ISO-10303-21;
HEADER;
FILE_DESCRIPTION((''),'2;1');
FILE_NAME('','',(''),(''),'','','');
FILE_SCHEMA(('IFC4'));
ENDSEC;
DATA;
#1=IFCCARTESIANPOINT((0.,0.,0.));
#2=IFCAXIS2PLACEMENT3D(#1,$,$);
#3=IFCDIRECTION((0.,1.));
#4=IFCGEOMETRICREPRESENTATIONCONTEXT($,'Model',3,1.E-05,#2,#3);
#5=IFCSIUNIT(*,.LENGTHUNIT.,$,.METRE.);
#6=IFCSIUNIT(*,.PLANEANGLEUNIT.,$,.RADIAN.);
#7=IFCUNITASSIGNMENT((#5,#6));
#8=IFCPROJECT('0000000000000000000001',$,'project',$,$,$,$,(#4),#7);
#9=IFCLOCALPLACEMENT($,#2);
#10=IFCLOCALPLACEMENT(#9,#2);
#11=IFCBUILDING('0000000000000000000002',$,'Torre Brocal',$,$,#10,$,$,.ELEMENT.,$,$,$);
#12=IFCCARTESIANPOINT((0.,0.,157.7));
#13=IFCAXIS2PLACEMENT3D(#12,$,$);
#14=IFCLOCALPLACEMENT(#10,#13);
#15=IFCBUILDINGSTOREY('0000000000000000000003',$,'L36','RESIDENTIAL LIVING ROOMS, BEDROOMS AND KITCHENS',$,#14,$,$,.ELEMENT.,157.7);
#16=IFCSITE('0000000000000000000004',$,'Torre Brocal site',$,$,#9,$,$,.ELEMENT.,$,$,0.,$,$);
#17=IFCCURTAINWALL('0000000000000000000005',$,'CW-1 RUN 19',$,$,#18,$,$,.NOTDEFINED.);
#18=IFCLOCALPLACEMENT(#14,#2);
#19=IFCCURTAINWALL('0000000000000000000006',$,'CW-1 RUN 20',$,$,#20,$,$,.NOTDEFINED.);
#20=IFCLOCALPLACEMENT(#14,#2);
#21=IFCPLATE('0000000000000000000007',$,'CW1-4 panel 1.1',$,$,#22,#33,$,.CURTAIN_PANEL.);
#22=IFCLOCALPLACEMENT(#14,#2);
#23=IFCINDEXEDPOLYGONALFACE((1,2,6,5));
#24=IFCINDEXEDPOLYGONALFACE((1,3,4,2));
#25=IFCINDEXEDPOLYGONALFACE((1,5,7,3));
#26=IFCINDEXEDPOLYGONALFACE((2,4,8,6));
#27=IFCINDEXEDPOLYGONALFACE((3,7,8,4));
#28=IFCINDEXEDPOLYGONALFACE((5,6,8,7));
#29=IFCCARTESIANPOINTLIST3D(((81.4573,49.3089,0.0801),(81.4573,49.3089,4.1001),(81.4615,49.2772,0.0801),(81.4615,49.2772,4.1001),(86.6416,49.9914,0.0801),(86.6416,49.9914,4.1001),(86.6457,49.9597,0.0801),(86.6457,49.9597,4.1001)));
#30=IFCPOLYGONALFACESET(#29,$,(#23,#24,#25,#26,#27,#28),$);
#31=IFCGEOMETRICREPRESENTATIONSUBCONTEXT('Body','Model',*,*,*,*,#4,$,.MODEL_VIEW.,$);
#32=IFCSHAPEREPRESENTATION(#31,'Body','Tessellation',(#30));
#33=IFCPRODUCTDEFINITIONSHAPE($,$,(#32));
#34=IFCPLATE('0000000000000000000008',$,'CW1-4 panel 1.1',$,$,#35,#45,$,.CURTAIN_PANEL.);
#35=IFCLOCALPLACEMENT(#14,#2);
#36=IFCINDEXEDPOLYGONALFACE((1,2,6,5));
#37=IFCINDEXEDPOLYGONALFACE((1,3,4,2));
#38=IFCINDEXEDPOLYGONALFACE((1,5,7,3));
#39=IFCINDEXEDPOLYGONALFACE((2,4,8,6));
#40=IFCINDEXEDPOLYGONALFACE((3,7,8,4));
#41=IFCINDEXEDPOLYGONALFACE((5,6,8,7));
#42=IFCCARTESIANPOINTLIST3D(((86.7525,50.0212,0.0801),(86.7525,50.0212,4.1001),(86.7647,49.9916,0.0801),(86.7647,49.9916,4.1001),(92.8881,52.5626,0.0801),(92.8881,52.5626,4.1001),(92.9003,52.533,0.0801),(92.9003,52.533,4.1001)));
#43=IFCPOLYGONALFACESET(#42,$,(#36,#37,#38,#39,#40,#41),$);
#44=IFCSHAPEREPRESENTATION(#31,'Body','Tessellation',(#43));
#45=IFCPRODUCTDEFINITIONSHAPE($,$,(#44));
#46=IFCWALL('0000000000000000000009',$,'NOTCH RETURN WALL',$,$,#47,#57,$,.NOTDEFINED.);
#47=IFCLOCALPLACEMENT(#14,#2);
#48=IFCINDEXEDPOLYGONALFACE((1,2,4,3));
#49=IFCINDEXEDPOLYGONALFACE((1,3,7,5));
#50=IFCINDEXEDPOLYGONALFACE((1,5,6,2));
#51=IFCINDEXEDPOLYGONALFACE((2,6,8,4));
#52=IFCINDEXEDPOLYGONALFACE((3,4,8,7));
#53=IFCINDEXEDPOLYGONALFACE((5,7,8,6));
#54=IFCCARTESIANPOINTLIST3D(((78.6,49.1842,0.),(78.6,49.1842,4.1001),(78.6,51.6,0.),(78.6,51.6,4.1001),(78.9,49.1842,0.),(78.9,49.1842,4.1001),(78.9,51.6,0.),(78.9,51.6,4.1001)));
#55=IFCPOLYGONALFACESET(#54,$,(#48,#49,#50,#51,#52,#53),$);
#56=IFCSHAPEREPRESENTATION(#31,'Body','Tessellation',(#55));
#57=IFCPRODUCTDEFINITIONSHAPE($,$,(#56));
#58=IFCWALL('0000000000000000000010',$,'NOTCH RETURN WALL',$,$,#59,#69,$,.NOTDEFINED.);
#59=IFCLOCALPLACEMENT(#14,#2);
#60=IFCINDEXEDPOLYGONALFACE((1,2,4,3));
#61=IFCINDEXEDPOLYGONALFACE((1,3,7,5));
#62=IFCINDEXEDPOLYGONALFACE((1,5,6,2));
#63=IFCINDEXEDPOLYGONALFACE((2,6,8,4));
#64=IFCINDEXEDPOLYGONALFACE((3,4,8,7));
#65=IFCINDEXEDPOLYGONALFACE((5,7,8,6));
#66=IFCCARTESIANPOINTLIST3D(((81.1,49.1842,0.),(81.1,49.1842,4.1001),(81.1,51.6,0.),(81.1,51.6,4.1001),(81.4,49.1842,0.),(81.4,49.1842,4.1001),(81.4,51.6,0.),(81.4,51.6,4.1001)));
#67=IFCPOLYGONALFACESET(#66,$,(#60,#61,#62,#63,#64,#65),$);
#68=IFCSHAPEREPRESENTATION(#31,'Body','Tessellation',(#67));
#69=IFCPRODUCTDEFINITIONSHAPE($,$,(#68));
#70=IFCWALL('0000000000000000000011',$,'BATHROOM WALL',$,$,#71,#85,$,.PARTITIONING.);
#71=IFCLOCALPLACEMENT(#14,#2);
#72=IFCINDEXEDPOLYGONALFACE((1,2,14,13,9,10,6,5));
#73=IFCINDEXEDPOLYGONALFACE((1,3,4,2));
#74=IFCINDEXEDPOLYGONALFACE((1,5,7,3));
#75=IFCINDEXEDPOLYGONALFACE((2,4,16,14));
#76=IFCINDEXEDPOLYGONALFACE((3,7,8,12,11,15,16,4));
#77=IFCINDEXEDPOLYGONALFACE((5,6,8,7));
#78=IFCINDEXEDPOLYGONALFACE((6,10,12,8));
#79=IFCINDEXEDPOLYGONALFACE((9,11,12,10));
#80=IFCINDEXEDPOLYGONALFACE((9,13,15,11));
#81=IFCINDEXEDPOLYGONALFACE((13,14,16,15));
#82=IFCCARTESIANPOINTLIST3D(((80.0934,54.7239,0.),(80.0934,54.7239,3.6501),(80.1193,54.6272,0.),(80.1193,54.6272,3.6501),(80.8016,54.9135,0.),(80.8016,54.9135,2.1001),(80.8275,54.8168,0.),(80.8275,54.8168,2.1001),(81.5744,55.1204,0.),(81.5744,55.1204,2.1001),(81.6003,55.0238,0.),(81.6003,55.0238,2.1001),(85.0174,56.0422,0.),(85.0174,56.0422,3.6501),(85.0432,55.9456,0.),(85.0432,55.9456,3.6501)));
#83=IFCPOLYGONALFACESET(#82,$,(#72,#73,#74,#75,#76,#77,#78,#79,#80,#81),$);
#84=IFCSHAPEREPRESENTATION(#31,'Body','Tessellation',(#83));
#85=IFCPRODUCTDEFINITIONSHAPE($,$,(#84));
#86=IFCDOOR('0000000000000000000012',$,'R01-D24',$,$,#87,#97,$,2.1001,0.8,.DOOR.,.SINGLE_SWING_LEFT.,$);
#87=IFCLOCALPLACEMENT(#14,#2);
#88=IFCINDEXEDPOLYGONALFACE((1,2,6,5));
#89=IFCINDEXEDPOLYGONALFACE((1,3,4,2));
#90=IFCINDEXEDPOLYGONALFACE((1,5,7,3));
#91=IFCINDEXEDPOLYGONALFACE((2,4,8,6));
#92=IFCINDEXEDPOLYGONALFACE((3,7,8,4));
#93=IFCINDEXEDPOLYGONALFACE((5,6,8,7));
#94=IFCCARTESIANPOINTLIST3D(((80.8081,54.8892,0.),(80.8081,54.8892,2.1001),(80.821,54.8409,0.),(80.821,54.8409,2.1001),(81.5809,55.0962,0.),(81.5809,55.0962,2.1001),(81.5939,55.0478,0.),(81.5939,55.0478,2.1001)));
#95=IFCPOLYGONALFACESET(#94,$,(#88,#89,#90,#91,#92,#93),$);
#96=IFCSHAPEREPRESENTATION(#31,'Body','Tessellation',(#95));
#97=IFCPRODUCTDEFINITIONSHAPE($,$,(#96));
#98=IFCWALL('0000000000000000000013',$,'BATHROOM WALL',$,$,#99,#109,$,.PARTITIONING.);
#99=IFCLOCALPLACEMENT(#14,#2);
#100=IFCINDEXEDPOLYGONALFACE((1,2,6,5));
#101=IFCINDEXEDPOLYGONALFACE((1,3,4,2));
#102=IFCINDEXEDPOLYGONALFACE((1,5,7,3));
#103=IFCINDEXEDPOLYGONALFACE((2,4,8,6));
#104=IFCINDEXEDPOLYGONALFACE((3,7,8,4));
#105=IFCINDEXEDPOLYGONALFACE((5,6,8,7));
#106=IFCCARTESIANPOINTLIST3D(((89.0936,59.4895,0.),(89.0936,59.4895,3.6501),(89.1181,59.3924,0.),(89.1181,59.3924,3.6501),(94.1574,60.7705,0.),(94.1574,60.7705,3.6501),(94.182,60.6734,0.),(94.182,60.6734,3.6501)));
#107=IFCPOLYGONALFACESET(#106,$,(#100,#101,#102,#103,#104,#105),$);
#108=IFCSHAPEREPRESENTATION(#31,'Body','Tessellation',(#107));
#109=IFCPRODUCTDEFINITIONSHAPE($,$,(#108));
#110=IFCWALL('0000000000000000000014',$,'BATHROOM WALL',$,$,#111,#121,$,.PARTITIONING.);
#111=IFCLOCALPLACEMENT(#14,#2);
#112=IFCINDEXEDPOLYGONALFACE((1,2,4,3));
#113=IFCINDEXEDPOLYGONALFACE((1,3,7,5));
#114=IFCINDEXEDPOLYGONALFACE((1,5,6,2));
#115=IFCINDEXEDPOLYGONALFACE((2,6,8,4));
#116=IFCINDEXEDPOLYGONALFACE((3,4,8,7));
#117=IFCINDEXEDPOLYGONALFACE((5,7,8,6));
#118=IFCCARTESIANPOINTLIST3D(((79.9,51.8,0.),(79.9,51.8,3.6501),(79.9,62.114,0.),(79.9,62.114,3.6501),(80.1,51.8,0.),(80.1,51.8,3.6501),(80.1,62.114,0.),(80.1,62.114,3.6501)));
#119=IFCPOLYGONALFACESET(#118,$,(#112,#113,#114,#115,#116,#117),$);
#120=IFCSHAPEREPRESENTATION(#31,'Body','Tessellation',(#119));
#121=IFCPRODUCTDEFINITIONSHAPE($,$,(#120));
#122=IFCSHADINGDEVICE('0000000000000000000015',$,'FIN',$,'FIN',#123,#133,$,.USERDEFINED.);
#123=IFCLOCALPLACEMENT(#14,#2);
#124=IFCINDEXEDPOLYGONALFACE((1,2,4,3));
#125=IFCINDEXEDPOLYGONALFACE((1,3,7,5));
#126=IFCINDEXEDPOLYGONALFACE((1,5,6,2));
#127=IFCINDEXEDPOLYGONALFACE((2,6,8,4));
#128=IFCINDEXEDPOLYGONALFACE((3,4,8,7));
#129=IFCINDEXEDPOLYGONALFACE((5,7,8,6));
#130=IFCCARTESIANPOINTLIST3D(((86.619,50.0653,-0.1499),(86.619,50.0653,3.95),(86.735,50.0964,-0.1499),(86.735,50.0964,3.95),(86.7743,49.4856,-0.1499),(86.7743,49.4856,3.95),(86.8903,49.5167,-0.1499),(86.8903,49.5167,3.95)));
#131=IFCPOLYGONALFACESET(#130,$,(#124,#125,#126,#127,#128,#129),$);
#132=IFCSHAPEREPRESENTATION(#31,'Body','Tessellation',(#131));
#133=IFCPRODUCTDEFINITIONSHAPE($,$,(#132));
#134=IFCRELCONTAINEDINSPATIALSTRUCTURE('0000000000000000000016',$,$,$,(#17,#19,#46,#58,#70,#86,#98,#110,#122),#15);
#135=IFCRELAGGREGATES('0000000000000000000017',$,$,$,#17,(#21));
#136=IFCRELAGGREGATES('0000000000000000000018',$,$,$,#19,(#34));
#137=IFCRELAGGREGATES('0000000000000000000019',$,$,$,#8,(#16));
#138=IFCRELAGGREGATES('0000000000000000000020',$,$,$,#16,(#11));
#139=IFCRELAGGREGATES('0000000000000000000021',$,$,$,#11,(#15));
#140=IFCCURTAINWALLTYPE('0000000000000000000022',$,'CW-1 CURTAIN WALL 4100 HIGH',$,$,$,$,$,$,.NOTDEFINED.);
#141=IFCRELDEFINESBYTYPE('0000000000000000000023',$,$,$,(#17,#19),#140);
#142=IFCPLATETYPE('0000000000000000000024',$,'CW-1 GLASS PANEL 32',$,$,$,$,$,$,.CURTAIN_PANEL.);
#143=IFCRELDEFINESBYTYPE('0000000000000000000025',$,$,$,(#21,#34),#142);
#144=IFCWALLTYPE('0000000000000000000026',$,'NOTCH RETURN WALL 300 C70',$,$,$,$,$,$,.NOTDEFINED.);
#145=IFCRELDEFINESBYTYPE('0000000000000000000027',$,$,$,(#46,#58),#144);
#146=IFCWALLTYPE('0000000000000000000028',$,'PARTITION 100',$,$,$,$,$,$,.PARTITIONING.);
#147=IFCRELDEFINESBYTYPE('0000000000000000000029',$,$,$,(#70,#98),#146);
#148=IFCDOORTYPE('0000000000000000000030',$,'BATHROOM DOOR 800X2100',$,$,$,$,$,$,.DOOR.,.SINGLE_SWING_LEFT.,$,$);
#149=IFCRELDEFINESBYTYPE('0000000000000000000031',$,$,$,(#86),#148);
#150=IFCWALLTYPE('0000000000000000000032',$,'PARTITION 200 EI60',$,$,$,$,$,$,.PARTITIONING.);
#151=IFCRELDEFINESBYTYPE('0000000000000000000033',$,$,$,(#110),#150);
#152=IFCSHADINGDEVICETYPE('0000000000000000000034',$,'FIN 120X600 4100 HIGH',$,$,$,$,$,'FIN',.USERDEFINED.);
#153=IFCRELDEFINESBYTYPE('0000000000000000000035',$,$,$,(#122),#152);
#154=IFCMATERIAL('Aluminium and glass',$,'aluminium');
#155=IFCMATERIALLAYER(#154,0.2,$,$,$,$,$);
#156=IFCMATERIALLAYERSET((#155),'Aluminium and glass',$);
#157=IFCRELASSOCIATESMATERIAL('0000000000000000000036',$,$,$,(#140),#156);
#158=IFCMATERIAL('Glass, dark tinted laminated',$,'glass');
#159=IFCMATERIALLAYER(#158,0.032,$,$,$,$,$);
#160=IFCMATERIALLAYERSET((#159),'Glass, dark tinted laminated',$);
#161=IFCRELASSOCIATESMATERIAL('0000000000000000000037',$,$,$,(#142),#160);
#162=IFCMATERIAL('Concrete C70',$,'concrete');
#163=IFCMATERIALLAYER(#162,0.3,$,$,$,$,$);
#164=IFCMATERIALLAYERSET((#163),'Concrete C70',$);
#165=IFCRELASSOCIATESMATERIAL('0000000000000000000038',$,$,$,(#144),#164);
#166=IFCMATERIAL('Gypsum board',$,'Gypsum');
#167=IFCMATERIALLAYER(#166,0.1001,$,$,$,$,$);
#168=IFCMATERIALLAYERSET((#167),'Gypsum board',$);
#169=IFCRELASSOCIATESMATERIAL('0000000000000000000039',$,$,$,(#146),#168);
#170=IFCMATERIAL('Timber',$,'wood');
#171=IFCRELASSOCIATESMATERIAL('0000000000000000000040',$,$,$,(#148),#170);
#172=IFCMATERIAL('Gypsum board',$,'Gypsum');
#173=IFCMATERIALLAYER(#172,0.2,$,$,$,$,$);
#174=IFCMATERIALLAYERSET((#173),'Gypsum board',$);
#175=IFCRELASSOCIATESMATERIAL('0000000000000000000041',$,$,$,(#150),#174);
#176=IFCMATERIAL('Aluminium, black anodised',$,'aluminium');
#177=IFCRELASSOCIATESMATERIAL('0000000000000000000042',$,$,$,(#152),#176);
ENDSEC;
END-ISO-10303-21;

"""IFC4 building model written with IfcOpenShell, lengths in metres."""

from ifc_helpers import new_model, si_unit, direction, frame, frame_2d, origin, origin_2d, place, context, subcontext, project, spatial, rectangle, extrude, material, layer, layer_set, material_profile, profile_set, type_object, element, fill, aggregate, save


model = new_model("IFC4")

# Units and contexts
model_context = context("Model", 3, precision=1e-05, world=origin(), true_north=direction((0.0, 1.0)))
body_context = subcontext(model_context, "Body", "Model", "MODEL_VIEW")
ifc_project = project(units=[si_unit("LENGTHUNIT", "METRE"), si_unit("PLANEANGLEUNIT", "RADIAN")], contexts=[model_context])

# Site, building, storey
site_placement = place(None, origin())
site = spatial("IfcSite", under=ifc_project, at=site_placement, Name="Torre Brocal site", CompositionType="ELEMENT", RefElevation=0.0)
building_placement = place(site_placement, origin())
building = spatial("IfcBuilding", under=site, at=building_placement, Name="Torre Brocal", CompositionType="ELEMENT")
storey_placement = place(building_placement, frame((0.0, 0.0, 157.7)))
storey = spatial("IfcBuildingStorey", under=building, at=storey_placement, Name="L36", Description="RESIDENTIAL LIVING ROOMS, BEDROOMS AND KITCHENS", CompositionType="ELEMENT", Elevation=157.7)

# Curtain wall
ifc_material_1 = material(Name="Aluminium and glass", Category="aluminium")
ifc_layer_1 = layer(ifc_material_1, 0.2)
ifc_layer_set_1 = layer_set([ifc_layer_1], Name="Aluminium and glass")
curtain_wall_type = type_object("IfcCurtainWallType", Name="CW-1 CURTAIN WALL 4100 HIGH", PredefinedType="NOTDEFINED", material=ifc_layer_set_1)
curtain_wall_1_placement = place(storey_placement, origin())
curtain_wall_1 = element("IfcCurtainWall", 1, at=curtain_wall_1_placement, inside=storey, type_object=curtain_wall_type, Name="CW-1 RUN 19", PredefinedType="NOTDEFINED")

# Curtain wall
curtain_wall_2_placement = place(storey_placement, origin())
curtain_wall_2 = element("IfcCurtainWall", 2, at=curtain_wall_2_placement, inside=storey, type_object=curtain_wall_type, Name="CW-1 RUN 20", PredefinedType="NOTDEFINED")

# Plates
ifc_material_2 = material(Name="Glass, dark tinted laminated", Category="glass")
ifc_layer_2 = layer(ifc_material_2, 0.032)
ifc_layer_set_2 = layer_set([ifc_layer_2], Name="Glass, dark tinted laminated")
plate_type = type_object("IfcPlateType", Name="CW-1 GLASS PANEL 32", PredefinedType="CURTAIN_PANEL", material=ifc_layer_set_2)
plate_1_placement = place(storey_placement, frame((84.0515, 49.6343, 0.0801), z_axis=(0.0, 0.0, 1.0), x_axis=(0.991445, 0.130526, 0.0)))
plate_1 = element("IfcPlate", 3, at=plate_1_placement, type_object=plate_type, Name="CW1-4 panel 1.1", PredefinedType="CURTAIN_PANEL", context=body_context, shape_type="SweptSolid", body=[
    extrude(rectangle(XDim=5.229, YDim=0.032, at=origin_2d()), origin(), (0.0, 0.0, 1.0), 4.02),
])
aggregate(curtain_wall_1, [plate_1])
plate_2_placement = place(storey_placement, frame((89.8264, 51.2771, 0.0801), z_axis=(0.0, 0.0, 1.0), x_axis=(0.92388, 0.382683, 0.0)))
plate_2 = element("IfcPlate", 4, at=plate_2_placement, type_object=plate_type, Name="CW1-4 panel 1.1", PredefinedType="CURTAIN_PANEL", context=body_context, shape_type="SweptSolid", body=[
    extrude(rectangle(XDim=6.6411, YDim=0.032, at=origin_2d()), origin(), (0.0, 0.0, 1.0), 4.02),
])
aggregate(curtain_wall_2, [plate_2])

# Walls
ifc_material_3 = material(Name="Concrete C70", Category="concrete")
ifc_layer_3 = layer(ifc_material_3, 0.3)
ifc_layer_set_3 = layer_set([ifc_layer_3], Name="Concrete C70")
wall_type_1 = type_object("IfcWallType", Name="NOTCH RETURN WALL 300 C70", PredefinedType="NOTDEFINED", material=ifc_layer_set_3)
for number, where, z_axis, x_axis, name in (
    (5, (78.75, 51.6001, 0.0), (0.0, 0.0, 1.0), (0.0, -1.0, 0.0), "NOTCH RETURN WALL"),
    (6, (81.25, 51.6001, 0.0), (0.0, 0.0, 1.0), (0.0, -1.0, 0.0), "NOTCH RETURN WALL"),
):
    element("IfcWall", number, at=place(storey_placement, frame(where, z_axis=z_axis, x_axis=x_axis)), inside=storey, type_object=wall_type_1, Name=name, PredefinedType="NOTDEFINED", context=body_context, shape_type="SweptSolid", body=[
        extrude(rectangle(XDim=2.4158, YDim=0.3, at=frame_2d((1.208, 0.0))), origin(), (0.0, 0.0, 1.0), 4.1001),
    ])

# Wall, opening, door
ifc_material_4 = material(Name="Gypsum board", Category="Gypsum")
ifc_layer_4 = layer(ifc_material_4, 0.1001)
ifc_layer_set_4 = layer_set([ifc_layer_4], Name="Gypsum board")
wall_type_2 = type_object("IfcWallType", Name="PARTITION 100", PredefinedType="PARTITIONING", material=ifc_layer_set_4)
wall_1_placement = place(storey_placement, frame((80.1062, 54.6755, 0.0), z_axis=(0.0, 0.0, 1.0), x_axis=(0.965977, 0.258628, 0.0)))
wall_1 = element("IfcWall", 7, at=wall_1_placement, inside=storey, type_object=wall_type_2, Name="BATHROOM WALL", PredefinedType="PARTITIONING", context=body_context, shape_type="SweptSolid", body=[
    extrude(rectangle(XDim=5.0974, YDim=0.1001, at=frame_2d((2.5488, 0.0))), origin(), (0.0, 0.0, 1.0), 3.6501),
])
opening_placement = place(wall_1_placement, frame((0.7334, 0.0, 0.0)))
opening = element("IfcOpeningElement", 8, at=opening_placement, cuts=wall_1, PredefinedType="OPENING", context=body_context, shape_type="SweptSolid", body=[
    extrude(rectangle(XDim=0.8, YDim=2.1001, at=frame_2d((0.3999, 1.05))), frame((0.0, 0.0601, 0.0), z_axis=(0.0, -1.0, 0.0), x_axis=(1.0, 0.0, 0.0)), (0.0, 0.0, 1.0), 0.1201),
])
ifc_material_5 = material(Name="Timber", Category="wood")
door_type = type_object("IfcDoorType", Name="BATHROOM DOOR 800X2100", OperationType="SINGLE_SWING_LEFT", PredefinedType="DOOR", material=ifc_material_5)
door_placement = place(opening_placement, origin())
door = element("IfcDoor", 9, at=door_placement, inside=storey, type_object=door_type, Name="R01-D24", OperationType="SINGLE_SWING_LEFT", OverallHeight=2.1001, OverallWidth=0.8, PredefinedType="DOOR", context=body_context, shape_type="SweptSolid", body=[
    extrude(rectangle(XDim=0.8, YDim=2.1001, at=frame_2d((0.3999, 1.05))), frame((0.0, 0.0249, 0.0), z_axis=(0.0, -1.0, 0.0), x_axis=(1.0, 0.0, 0.0)), (0.0, 0.0, 1.0), 0.05),
])
fill(opening, door)

# Walls
wall_2_placement = place(storey_placement, frame((89.1057, 59.4409, 0.0), z_axis=(0.0, 0.0, 1.0), x_axis=(0.969462, 0.24524, 0.0)))
element("IfcWall", 10, at=wall_2_placement, inside=storey, type_object=wall_type_2, Name="BATHROOM WALL", PredefinedType="PARTITIONING", context=body_context, shape_type="SweptSolid", body=[
    extrude(rectangle(XDim=5.2234, YDim=0.1001, at=frame_2d((2.6118, 0.0))), origin(), (0.0, 0.0, 1.0), 3.6501),
])
ifc_material_6 = material(Name="Gypsum board", Category="Gypsum")
ifc_layer_5 = layer(ifc_material_6, 0.2)
ifc_layer_set_5 = layer_set([ifc_layer_5], Name="Gypsum board")
wall_type_3 = type_object("IfcWallType", Name="PARTITION 200 EI60", PredefinedType="PARTITIONING", material=ifc_layer_set_5)
wall_3_placement = place(storey_placement, frame((80.0, 51.8, 0.0), z_axis=(0.0, 0.0, 1.0), x_axis=(0.0, 1.0, 0.0)))
element("IfcWall", 11, at=wall_3_placement, inside=storey, type_object=wall_type_3, Name="BATHROOM WALL", PredefinedType="PARTITIONING", context=body_context, shape_type="SweptSolid", body=[
    extrude(rectangle(XDim=10.314, YDim=0.2, at=frame_2d((5.157, 0.0))), origin(), (0.0, 0.0, 1.0), 3.6501),
])

# Shading device
ifc_material_7 = material(Name="Aluminium, black anodised", Category="aluminium")
ifc_material_profile_1 = material_profile(ifc_material_7, rectangle(XDim=0.1201, YDim=0.6001, at=origin_2d()), Name="FIN 120X600 4100 HIGH")
ifc_profile_set_1 = profile_set([ifc_material_profile_1], Name="Aluminium, black anodised")
shading_device_type = type_object("IfcShadingDeviceType", Name="FIN 120X600 4100 HIGH", ElementType="FIN", PredefinedType="USERDEFINED", material=ifc_profile_set_1)
shading_device_placement = place(storey_placement, frame((86.7546, 49.791, -0.1499), z_axis=(0.0, 0.0, 1.0), x_axis=(0.965926, 0.258819, 0.0)))
element("IfcShadingDevice", 12, at=shading_device_placement, inside=storey, type_object=shading_device_type, Name="FIN", ObjectType="FIN", PredefinedType="USERDEFINED", context=body_context, shape_type="SweptSolid", body=[
    extrude(rectangle(XDim=0.1201, YDim=0.6001, at=origin_2d()), origin(), (0.0, 0.0, 1.0), 4.0999),
])

save(model, "model.ifc")
